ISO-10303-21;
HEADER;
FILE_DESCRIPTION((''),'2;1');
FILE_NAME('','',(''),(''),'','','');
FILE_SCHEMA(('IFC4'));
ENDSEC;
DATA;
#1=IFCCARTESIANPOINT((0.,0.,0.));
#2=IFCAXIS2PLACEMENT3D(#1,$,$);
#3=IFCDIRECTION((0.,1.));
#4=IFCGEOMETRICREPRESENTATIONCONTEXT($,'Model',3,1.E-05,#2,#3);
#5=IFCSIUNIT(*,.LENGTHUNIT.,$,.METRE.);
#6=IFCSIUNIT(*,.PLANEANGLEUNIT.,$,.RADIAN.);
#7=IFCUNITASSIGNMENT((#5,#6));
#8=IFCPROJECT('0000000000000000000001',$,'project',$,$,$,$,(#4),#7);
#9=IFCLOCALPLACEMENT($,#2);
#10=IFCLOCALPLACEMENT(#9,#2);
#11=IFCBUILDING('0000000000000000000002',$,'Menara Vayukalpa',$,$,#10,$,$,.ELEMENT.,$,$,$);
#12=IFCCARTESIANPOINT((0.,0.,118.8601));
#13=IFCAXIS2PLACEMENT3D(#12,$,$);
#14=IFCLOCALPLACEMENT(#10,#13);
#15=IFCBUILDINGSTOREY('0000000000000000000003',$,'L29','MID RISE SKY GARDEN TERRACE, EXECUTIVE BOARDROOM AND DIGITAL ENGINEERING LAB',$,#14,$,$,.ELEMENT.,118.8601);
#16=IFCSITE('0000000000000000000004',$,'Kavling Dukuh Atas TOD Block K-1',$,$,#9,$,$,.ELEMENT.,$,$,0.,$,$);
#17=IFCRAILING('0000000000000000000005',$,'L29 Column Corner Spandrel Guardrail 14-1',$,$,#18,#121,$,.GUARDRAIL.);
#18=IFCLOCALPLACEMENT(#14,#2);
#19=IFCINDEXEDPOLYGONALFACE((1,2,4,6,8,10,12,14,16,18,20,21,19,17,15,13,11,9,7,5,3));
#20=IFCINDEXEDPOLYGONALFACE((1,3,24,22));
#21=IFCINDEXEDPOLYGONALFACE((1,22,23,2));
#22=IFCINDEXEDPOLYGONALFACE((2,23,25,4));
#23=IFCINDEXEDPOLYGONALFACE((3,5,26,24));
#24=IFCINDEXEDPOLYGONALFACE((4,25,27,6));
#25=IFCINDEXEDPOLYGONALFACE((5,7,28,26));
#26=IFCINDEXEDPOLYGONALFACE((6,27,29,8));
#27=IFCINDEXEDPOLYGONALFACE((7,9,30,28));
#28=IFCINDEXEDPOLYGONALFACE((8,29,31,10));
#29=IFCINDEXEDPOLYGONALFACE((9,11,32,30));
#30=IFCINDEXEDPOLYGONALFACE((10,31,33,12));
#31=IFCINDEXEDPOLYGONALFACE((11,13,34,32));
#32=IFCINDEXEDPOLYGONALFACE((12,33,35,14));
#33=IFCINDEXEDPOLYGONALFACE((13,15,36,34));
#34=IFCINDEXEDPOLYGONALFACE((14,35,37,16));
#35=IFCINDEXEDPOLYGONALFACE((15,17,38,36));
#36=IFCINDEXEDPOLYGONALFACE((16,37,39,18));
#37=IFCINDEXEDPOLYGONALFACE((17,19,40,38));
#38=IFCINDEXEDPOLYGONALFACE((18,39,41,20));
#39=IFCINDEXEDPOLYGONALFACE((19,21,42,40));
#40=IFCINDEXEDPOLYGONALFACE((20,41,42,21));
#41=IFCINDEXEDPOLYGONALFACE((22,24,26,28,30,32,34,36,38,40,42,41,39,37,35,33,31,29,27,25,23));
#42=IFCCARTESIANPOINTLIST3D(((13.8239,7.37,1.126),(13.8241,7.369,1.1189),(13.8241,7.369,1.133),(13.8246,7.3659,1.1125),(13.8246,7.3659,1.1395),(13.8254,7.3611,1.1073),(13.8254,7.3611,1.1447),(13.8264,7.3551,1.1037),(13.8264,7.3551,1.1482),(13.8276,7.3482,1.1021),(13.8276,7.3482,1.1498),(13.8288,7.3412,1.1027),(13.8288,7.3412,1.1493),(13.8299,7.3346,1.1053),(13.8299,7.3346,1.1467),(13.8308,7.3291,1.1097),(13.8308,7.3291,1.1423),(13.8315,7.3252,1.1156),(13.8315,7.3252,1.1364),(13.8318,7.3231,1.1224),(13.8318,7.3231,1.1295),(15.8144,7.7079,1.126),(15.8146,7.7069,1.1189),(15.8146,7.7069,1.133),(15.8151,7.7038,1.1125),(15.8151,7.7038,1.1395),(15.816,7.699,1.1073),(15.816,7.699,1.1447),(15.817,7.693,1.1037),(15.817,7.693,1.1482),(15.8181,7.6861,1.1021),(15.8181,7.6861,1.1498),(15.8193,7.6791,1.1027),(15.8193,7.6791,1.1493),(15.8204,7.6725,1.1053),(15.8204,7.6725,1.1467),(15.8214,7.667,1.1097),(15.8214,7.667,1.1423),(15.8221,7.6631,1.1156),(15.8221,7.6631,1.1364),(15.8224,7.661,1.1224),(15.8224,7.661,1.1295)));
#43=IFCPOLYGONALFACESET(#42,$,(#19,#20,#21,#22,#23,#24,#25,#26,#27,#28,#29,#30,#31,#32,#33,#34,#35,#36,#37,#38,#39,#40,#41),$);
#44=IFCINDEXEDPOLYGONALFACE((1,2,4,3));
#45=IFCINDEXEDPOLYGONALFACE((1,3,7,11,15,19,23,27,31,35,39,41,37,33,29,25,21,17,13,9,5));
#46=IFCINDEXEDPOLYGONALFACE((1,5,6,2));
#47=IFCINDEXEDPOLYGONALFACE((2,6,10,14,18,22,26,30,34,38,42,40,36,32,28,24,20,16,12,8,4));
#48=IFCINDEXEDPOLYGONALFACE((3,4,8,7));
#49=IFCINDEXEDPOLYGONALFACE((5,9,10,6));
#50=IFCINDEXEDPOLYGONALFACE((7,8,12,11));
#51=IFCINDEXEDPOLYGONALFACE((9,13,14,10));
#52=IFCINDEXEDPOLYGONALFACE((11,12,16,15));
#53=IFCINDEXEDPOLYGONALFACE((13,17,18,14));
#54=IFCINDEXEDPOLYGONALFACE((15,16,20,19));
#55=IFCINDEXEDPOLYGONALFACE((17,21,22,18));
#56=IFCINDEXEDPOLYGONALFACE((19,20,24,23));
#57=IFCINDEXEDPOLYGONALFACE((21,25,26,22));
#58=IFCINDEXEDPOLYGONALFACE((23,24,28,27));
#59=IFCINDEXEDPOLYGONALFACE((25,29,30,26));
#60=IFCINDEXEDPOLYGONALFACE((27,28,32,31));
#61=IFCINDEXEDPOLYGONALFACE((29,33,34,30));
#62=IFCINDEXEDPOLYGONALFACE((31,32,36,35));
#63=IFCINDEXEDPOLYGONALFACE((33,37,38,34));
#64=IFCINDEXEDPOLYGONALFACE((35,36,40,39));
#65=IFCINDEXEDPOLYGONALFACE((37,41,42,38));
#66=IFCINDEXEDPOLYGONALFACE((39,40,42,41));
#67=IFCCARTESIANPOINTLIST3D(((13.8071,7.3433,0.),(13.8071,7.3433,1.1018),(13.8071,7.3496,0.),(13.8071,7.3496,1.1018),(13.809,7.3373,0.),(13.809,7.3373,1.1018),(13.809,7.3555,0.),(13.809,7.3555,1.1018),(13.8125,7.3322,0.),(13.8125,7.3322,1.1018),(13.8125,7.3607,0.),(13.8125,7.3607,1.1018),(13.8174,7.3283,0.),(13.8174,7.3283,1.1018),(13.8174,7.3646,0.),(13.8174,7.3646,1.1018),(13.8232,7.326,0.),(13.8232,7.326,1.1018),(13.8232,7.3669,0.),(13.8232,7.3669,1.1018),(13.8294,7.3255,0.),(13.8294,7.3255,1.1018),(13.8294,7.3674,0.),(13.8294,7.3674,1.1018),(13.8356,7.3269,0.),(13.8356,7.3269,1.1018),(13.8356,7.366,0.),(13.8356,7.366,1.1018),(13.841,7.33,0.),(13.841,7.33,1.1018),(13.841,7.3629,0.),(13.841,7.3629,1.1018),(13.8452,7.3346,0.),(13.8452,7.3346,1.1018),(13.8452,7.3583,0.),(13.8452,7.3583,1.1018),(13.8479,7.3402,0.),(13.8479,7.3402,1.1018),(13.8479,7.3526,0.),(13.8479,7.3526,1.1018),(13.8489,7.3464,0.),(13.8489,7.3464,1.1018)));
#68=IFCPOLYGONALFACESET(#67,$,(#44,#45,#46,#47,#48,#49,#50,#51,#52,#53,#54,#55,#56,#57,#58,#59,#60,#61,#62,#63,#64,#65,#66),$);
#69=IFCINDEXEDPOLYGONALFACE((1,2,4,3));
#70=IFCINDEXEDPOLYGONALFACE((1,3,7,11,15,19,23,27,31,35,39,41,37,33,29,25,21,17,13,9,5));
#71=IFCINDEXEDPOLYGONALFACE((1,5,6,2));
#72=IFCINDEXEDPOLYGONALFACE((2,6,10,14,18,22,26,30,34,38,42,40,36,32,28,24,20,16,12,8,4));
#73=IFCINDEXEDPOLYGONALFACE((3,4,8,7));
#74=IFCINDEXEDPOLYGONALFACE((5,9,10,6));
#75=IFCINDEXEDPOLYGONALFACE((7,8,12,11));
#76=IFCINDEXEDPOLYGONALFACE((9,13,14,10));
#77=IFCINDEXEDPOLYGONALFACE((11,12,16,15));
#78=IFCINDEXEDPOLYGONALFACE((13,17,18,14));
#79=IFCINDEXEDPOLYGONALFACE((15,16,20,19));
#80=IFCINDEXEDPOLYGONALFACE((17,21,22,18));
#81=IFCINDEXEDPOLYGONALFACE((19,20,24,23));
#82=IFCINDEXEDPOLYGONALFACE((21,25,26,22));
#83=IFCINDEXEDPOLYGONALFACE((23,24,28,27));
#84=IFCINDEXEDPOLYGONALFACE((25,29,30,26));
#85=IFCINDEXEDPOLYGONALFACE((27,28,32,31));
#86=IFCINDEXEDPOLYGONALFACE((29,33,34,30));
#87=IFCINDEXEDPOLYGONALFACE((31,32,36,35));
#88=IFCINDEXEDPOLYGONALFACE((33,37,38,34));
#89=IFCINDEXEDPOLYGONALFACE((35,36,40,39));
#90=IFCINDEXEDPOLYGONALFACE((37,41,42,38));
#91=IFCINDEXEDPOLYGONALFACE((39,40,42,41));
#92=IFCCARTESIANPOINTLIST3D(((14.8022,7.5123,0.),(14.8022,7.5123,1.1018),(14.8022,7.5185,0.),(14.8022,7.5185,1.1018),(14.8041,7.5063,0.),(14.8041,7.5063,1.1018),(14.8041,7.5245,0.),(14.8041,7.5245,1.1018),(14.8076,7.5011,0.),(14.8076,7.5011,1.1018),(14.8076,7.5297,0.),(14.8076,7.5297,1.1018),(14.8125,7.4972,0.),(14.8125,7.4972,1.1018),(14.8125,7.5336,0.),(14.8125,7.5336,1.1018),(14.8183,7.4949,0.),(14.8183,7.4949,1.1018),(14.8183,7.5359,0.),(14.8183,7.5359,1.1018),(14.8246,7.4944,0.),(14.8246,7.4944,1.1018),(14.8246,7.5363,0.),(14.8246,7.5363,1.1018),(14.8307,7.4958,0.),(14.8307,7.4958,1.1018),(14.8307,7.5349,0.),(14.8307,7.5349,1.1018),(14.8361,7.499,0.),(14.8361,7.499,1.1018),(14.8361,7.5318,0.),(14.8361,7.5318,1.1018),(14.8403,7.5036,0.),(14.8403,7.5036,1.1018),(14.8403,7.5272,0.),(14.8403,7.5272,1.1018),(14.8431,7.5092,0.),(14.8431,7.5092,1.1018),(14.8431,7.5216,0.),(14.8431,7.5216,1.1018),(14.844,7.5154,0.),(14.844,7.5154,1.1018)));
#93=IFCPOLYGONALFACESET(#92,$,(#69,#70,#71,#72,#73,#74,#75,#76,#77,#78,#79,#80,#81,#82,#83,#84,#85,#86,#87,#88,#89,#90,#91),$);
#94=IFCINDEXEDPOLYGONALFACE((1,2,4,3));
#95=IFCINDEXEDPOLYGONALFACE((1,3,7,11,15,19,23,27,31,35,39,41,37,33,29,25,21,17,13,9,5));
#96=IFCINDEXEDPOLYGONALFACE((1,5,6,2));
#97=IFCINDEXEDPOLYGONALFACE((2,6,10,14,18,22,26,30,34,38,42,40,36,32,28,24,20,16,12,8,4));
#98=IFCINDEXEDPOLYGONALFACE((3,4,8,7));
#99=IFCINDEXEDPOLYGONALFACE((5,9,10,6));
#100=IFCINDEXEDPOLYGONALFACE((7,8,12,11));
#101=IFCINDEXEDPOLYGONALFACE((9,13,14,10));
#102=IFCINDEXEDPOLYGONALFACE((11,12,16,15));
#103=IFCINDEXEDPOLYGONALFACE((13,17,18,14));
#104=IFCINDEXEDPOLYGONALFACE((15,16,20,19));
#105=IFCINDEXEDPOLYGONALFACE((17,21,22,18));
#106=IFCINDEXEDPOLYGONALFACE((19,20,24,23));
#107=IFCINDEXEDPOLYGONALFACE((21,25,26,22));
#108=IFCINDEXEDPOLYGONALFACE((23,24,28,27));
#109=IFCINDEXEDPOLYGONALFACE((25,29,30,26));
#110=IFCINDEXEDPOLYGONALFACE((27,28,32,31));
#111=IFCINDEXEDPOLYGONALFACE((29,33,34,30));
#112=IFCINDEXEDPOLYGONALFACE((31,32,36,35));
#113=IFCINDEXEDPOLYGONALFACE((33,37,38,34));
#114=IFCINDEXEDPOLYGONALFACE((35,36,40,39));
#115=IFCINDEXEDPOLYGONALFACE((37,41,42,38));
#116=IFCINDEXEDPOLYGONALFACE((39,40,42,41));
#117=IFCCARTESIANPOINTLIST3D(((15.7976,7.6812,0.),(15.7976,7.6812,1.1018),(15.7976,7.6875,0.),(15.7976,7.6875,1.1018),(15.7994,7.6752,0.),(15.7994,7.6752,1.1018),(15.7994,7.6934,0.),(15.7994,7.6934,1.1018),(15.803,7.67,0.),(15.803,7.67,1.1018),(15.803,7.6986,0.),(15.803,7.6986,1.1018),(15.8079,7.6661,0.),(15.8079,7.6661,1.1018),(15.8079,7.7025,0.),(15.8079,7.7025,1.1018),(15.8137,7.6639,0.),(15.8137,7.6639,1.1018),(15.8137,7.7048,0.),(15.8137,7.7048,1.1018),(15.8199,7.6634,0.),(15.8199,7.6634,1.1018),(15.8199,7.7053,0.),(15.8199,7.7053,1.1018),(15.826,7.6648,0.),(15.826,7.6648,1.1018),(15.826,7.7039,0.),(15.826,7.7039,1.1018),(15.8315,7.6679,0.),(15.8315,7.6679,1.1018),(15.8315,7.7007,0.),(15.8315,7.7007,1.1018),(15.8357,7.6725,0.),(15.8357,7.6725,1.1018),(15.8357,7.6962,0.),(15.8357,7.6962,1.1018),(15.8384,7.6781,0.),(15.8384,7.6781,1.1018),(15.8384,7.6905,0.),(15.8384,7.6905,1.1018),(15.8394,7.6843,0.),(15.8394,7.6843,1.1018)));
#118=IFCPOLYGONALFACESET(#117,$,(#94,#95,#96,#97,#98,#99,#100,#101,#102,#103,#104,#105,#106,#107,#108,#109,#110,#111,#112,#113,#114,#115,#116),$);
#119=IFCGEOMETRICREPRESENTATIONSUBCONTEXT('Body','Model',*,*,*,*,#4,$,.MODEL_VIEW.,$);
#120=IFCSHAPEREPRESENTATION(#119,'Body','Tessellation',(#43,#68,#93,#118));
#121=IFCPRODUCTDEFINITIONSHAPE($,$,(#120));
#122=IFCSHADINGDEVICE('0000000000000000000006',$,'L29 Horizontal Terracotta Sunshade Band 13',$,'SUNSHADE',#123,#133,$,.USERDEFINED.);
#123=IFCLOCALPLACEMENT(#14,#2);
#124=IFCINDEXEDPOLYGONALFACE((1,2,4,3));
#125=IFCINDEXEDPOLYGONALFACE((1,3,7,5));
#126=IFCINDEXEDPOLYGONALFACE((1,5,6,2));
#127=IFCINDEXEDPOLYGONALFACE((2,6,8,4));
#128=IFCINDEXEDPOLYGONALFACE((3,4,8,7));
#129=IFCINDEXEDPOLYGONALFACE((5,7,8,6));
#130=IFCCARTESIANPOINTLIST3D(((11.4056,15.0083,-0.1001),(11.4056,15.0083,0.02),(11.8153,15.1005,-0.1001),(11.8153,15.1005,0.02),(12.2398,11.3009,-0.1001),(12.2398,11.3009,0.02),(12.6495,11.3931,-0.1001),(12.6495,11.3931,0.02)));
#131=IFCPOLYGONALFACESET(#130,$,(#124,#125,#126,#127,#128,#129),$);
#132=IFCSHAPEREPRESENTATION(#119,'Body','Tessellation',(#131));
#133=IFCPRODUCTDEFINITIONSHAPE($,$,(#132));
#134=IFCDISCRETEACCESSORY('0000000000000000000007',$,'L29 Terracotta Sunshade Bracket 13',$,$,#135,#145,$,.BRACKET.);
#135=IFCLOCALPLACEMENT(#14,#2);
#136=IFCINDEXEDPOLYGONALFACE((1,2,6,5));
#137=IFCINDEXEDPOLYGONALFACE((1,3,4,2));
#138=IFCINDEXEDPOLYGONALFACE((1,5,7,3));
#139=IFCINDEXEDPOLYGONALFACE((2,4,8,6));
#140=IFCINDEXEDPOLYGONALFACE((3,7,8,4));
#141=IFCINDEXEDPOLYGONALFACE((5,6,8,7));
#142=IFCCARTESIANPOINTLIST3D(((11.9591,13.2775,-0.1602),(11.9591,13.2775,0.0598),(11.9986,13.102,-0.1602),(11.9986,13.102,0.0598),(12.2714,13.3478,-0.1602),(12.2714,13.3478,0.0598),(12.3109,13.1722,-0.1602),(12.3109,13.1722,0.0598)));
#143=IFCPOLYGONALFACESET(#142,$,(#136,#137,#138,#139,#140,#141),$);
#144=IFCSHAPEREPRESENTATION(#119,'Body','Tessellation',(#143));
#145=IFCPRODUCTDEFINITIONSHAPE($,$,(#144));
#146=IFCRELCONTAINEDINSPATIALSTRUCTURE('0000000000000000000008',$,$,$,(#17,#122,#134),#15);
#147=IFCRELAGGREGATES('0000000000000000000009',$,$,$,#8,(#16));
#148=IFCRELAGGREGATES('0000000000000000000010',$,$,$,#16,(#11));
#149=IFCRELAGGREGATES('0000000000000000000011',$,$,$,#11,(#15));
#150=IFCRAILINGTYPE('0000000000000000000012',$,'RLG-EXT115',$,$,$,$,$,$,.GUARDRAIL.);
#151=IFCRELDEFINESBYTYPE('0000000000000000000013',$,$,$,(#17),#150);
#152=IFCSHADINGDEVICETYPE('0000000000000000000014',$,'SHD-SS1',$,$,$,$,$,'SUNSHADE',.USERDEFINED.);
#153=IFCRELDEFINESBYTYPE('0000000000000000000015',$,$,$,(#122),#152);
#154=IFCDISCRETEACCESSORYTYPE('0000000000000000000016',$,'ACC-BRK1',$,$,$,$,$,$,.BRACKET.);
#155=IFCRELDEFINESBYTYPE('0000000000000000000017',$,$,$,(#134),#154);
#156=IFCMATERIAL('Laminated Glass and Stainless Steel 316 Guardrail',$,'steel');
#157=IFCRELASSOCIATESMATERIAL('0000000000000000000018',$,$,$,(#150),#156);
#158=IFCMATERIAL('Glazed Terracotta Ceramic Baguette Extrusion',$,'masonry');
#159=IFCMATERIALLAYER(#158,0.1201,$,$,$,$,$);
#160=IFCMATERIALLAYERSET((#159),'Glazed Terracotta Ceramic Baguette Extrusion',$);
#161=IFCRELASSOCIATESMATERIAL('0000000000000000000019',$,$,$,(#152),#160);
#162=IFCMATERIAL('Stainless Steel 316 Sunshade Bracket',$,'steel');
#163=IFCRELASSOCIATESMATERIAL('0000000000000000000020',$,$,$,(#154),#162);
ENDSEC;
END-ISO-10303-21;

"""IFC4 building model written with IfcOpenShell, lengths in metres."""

from ifc_helpers import new_model, si_unit, direction, frame, origin, origin_2d, place, context, subcontext, project, spatial, rectangle, circle, extrude, material, layer, layer_set, type_object, element, save


model = new_model("IFC4")

# Units and contexts
model_context = context("Model", 3, precision=1e-05, world=origin(), true_north=direction((0.0, 1.0)))
body_context = subcontext(model_context, "Body", "Model", "MODEL_VIEW")
ifc_project = project(units=[si_unit("LENGTHUNIT", "METRE"), si_unit("PLANEANGLEUNIT", "RADIAN")], contexts=[model_context])

# Site, building, storey
site_placement = place(None, origin())
site = spatial("IfcSite", under=ifc_project, at=site_placement, Name="Kavling Dukuh Atas TOD Block K-1", CompositionType="ELEMENT", RefElevation=0.0)
building_placement = place(site_placement, origin())
building = spatial("IfcBuilding", under=site, at=building_placement, Name="Menara Vayukalpa", CompositionType="ELEMENT")
storey_placement = place(building_placement, frame((0.0, 0.0, 118.8601)))
storey = spatial("IfcBuildingStorey", under=building, at=storey_placement, Name="L29", Description="MID RISE SKY GARDEN TERRACE, EXECUTIVE BOARDROOM AND DIGITAL ENGINEERING LAB", CompositionType="ELEMENT", Elevation=118.8601)

# Railing
ifc_material_1 = material(Name="Laminated Glass and Stainless Steel 316 Guardrail", Category="steel")
railing_type = type_object("IfcRailingType", Name="RLG-EXT115", PredefinedType="GUARDRAIL", material=ifc_material_1)
railing_1_placement = place(storey_placement, frame((13.8279, 7.3464, 0.0)))
element("IfcRailing", 1, at=railing_1_placement, inside=storey, type_object=railing_type, Name="L29 Column Corner Spandrel Guardrail 14-1", PredefinedType="GUARDRAIL", context=body_context, shape_type="SweptSolid", body=[
    extrude(circle(Radius=0.0239, at=origin_2d()), frame((0.0, 0.0, 1.126), z_axis=(0.985896, 0.167359, 0.0), x_axis=(-0.167359, 0.985896, 0.0)), (0.0, 0.0, 1.0), 2.019),
    extrude(circle(Radius=0.021, at=origin_2d()), origin(), (0.0, 0.0, 1.0), 1.1018),
    extrude(circle(Radius=0.021, at=origin_2d()), frame((0.9951, 0.1689, 0.0)), (0.0, 0.0, 1.0), 1.1018),
    extrude(circle(Radius=0.021, at=origin_2d()), frame((1.9905, 0.3379, 0.0)), (0.0, 0.0, 1.0), 1.1018),
])

# Shading device
ifc_material_2 = material(Name="Glazed Terracotta Ceramic Baguette Extrusion", Category="masonry")
ifc_layer_1 = layer(ifc_material_2, 0.1201)
ifc_layer_set_1 = layer_set([ifc_layer_1], Name="Glazed Terracotta Ceramic Baguette Extrusion")
shading_device_type = type_object("IfcShadingDeviceType", Name="SHD-SS1", ElementType="SUNSHADE", PredefinedType="USERDEFINED", material=ifc_layer_set_1)
shading_device_placement = place(storey_placement, frame((12.0276, 13.2007, -0.1001), z_axis=(0.0, 0.0, 1.0), x_axis=(0.219523, -0.975607, 0.0)))
element("IfcShadingDevice", 2, at=shading_device_placement, inside=storey, type_object=shading_device_type, Name="L29 Horizontal Terracotta Sunshade Band 13", ObjectType="SUNSHADE", PredefinedType="USERDEFINED", context=body_context, shape_type="SweptSolid", body=[
    extrude(rectangle(XDim=3.8, YDim=0.4199, at=origin_2d()), origin(), (0.0, 0.0, 1.0), 0.1201),
])

# Discrete accessory
ifc_material_3 = material(Name="Stainless Steel 316 Sunshade Bracket", Category="steel")
discrete_accessory_type = type_object("IfcDiscreteAccessoryType", Name="ACC-BRK1", PredefinedType="BRACKET", material=ifc_material_3)
discrete_accessory_placement = place(storey_placement, frame((12.135, 13.2249, -0.1602), z_axis=(0.0, 0.0, 1.0), x_axis=(0.219523, -0.975607, 0.0)))
element("IfcDiscreteAccessory", 3, at=discrete_accessory_placement, inside=storey, type_object=discrete_accessory_type, Name="L29 Terracotta Sunshade Bracket 13", PredefinedType="BRACKET", context=body_context, shape_type="SweptSolid", body=[
    extrude(rectangle(XDim=0.1799, YDim=0.3201, at=origin_2d()), origin(), (0.0, 0.0, 1.0), 0.22),
])

save(model, "model.ifc")
